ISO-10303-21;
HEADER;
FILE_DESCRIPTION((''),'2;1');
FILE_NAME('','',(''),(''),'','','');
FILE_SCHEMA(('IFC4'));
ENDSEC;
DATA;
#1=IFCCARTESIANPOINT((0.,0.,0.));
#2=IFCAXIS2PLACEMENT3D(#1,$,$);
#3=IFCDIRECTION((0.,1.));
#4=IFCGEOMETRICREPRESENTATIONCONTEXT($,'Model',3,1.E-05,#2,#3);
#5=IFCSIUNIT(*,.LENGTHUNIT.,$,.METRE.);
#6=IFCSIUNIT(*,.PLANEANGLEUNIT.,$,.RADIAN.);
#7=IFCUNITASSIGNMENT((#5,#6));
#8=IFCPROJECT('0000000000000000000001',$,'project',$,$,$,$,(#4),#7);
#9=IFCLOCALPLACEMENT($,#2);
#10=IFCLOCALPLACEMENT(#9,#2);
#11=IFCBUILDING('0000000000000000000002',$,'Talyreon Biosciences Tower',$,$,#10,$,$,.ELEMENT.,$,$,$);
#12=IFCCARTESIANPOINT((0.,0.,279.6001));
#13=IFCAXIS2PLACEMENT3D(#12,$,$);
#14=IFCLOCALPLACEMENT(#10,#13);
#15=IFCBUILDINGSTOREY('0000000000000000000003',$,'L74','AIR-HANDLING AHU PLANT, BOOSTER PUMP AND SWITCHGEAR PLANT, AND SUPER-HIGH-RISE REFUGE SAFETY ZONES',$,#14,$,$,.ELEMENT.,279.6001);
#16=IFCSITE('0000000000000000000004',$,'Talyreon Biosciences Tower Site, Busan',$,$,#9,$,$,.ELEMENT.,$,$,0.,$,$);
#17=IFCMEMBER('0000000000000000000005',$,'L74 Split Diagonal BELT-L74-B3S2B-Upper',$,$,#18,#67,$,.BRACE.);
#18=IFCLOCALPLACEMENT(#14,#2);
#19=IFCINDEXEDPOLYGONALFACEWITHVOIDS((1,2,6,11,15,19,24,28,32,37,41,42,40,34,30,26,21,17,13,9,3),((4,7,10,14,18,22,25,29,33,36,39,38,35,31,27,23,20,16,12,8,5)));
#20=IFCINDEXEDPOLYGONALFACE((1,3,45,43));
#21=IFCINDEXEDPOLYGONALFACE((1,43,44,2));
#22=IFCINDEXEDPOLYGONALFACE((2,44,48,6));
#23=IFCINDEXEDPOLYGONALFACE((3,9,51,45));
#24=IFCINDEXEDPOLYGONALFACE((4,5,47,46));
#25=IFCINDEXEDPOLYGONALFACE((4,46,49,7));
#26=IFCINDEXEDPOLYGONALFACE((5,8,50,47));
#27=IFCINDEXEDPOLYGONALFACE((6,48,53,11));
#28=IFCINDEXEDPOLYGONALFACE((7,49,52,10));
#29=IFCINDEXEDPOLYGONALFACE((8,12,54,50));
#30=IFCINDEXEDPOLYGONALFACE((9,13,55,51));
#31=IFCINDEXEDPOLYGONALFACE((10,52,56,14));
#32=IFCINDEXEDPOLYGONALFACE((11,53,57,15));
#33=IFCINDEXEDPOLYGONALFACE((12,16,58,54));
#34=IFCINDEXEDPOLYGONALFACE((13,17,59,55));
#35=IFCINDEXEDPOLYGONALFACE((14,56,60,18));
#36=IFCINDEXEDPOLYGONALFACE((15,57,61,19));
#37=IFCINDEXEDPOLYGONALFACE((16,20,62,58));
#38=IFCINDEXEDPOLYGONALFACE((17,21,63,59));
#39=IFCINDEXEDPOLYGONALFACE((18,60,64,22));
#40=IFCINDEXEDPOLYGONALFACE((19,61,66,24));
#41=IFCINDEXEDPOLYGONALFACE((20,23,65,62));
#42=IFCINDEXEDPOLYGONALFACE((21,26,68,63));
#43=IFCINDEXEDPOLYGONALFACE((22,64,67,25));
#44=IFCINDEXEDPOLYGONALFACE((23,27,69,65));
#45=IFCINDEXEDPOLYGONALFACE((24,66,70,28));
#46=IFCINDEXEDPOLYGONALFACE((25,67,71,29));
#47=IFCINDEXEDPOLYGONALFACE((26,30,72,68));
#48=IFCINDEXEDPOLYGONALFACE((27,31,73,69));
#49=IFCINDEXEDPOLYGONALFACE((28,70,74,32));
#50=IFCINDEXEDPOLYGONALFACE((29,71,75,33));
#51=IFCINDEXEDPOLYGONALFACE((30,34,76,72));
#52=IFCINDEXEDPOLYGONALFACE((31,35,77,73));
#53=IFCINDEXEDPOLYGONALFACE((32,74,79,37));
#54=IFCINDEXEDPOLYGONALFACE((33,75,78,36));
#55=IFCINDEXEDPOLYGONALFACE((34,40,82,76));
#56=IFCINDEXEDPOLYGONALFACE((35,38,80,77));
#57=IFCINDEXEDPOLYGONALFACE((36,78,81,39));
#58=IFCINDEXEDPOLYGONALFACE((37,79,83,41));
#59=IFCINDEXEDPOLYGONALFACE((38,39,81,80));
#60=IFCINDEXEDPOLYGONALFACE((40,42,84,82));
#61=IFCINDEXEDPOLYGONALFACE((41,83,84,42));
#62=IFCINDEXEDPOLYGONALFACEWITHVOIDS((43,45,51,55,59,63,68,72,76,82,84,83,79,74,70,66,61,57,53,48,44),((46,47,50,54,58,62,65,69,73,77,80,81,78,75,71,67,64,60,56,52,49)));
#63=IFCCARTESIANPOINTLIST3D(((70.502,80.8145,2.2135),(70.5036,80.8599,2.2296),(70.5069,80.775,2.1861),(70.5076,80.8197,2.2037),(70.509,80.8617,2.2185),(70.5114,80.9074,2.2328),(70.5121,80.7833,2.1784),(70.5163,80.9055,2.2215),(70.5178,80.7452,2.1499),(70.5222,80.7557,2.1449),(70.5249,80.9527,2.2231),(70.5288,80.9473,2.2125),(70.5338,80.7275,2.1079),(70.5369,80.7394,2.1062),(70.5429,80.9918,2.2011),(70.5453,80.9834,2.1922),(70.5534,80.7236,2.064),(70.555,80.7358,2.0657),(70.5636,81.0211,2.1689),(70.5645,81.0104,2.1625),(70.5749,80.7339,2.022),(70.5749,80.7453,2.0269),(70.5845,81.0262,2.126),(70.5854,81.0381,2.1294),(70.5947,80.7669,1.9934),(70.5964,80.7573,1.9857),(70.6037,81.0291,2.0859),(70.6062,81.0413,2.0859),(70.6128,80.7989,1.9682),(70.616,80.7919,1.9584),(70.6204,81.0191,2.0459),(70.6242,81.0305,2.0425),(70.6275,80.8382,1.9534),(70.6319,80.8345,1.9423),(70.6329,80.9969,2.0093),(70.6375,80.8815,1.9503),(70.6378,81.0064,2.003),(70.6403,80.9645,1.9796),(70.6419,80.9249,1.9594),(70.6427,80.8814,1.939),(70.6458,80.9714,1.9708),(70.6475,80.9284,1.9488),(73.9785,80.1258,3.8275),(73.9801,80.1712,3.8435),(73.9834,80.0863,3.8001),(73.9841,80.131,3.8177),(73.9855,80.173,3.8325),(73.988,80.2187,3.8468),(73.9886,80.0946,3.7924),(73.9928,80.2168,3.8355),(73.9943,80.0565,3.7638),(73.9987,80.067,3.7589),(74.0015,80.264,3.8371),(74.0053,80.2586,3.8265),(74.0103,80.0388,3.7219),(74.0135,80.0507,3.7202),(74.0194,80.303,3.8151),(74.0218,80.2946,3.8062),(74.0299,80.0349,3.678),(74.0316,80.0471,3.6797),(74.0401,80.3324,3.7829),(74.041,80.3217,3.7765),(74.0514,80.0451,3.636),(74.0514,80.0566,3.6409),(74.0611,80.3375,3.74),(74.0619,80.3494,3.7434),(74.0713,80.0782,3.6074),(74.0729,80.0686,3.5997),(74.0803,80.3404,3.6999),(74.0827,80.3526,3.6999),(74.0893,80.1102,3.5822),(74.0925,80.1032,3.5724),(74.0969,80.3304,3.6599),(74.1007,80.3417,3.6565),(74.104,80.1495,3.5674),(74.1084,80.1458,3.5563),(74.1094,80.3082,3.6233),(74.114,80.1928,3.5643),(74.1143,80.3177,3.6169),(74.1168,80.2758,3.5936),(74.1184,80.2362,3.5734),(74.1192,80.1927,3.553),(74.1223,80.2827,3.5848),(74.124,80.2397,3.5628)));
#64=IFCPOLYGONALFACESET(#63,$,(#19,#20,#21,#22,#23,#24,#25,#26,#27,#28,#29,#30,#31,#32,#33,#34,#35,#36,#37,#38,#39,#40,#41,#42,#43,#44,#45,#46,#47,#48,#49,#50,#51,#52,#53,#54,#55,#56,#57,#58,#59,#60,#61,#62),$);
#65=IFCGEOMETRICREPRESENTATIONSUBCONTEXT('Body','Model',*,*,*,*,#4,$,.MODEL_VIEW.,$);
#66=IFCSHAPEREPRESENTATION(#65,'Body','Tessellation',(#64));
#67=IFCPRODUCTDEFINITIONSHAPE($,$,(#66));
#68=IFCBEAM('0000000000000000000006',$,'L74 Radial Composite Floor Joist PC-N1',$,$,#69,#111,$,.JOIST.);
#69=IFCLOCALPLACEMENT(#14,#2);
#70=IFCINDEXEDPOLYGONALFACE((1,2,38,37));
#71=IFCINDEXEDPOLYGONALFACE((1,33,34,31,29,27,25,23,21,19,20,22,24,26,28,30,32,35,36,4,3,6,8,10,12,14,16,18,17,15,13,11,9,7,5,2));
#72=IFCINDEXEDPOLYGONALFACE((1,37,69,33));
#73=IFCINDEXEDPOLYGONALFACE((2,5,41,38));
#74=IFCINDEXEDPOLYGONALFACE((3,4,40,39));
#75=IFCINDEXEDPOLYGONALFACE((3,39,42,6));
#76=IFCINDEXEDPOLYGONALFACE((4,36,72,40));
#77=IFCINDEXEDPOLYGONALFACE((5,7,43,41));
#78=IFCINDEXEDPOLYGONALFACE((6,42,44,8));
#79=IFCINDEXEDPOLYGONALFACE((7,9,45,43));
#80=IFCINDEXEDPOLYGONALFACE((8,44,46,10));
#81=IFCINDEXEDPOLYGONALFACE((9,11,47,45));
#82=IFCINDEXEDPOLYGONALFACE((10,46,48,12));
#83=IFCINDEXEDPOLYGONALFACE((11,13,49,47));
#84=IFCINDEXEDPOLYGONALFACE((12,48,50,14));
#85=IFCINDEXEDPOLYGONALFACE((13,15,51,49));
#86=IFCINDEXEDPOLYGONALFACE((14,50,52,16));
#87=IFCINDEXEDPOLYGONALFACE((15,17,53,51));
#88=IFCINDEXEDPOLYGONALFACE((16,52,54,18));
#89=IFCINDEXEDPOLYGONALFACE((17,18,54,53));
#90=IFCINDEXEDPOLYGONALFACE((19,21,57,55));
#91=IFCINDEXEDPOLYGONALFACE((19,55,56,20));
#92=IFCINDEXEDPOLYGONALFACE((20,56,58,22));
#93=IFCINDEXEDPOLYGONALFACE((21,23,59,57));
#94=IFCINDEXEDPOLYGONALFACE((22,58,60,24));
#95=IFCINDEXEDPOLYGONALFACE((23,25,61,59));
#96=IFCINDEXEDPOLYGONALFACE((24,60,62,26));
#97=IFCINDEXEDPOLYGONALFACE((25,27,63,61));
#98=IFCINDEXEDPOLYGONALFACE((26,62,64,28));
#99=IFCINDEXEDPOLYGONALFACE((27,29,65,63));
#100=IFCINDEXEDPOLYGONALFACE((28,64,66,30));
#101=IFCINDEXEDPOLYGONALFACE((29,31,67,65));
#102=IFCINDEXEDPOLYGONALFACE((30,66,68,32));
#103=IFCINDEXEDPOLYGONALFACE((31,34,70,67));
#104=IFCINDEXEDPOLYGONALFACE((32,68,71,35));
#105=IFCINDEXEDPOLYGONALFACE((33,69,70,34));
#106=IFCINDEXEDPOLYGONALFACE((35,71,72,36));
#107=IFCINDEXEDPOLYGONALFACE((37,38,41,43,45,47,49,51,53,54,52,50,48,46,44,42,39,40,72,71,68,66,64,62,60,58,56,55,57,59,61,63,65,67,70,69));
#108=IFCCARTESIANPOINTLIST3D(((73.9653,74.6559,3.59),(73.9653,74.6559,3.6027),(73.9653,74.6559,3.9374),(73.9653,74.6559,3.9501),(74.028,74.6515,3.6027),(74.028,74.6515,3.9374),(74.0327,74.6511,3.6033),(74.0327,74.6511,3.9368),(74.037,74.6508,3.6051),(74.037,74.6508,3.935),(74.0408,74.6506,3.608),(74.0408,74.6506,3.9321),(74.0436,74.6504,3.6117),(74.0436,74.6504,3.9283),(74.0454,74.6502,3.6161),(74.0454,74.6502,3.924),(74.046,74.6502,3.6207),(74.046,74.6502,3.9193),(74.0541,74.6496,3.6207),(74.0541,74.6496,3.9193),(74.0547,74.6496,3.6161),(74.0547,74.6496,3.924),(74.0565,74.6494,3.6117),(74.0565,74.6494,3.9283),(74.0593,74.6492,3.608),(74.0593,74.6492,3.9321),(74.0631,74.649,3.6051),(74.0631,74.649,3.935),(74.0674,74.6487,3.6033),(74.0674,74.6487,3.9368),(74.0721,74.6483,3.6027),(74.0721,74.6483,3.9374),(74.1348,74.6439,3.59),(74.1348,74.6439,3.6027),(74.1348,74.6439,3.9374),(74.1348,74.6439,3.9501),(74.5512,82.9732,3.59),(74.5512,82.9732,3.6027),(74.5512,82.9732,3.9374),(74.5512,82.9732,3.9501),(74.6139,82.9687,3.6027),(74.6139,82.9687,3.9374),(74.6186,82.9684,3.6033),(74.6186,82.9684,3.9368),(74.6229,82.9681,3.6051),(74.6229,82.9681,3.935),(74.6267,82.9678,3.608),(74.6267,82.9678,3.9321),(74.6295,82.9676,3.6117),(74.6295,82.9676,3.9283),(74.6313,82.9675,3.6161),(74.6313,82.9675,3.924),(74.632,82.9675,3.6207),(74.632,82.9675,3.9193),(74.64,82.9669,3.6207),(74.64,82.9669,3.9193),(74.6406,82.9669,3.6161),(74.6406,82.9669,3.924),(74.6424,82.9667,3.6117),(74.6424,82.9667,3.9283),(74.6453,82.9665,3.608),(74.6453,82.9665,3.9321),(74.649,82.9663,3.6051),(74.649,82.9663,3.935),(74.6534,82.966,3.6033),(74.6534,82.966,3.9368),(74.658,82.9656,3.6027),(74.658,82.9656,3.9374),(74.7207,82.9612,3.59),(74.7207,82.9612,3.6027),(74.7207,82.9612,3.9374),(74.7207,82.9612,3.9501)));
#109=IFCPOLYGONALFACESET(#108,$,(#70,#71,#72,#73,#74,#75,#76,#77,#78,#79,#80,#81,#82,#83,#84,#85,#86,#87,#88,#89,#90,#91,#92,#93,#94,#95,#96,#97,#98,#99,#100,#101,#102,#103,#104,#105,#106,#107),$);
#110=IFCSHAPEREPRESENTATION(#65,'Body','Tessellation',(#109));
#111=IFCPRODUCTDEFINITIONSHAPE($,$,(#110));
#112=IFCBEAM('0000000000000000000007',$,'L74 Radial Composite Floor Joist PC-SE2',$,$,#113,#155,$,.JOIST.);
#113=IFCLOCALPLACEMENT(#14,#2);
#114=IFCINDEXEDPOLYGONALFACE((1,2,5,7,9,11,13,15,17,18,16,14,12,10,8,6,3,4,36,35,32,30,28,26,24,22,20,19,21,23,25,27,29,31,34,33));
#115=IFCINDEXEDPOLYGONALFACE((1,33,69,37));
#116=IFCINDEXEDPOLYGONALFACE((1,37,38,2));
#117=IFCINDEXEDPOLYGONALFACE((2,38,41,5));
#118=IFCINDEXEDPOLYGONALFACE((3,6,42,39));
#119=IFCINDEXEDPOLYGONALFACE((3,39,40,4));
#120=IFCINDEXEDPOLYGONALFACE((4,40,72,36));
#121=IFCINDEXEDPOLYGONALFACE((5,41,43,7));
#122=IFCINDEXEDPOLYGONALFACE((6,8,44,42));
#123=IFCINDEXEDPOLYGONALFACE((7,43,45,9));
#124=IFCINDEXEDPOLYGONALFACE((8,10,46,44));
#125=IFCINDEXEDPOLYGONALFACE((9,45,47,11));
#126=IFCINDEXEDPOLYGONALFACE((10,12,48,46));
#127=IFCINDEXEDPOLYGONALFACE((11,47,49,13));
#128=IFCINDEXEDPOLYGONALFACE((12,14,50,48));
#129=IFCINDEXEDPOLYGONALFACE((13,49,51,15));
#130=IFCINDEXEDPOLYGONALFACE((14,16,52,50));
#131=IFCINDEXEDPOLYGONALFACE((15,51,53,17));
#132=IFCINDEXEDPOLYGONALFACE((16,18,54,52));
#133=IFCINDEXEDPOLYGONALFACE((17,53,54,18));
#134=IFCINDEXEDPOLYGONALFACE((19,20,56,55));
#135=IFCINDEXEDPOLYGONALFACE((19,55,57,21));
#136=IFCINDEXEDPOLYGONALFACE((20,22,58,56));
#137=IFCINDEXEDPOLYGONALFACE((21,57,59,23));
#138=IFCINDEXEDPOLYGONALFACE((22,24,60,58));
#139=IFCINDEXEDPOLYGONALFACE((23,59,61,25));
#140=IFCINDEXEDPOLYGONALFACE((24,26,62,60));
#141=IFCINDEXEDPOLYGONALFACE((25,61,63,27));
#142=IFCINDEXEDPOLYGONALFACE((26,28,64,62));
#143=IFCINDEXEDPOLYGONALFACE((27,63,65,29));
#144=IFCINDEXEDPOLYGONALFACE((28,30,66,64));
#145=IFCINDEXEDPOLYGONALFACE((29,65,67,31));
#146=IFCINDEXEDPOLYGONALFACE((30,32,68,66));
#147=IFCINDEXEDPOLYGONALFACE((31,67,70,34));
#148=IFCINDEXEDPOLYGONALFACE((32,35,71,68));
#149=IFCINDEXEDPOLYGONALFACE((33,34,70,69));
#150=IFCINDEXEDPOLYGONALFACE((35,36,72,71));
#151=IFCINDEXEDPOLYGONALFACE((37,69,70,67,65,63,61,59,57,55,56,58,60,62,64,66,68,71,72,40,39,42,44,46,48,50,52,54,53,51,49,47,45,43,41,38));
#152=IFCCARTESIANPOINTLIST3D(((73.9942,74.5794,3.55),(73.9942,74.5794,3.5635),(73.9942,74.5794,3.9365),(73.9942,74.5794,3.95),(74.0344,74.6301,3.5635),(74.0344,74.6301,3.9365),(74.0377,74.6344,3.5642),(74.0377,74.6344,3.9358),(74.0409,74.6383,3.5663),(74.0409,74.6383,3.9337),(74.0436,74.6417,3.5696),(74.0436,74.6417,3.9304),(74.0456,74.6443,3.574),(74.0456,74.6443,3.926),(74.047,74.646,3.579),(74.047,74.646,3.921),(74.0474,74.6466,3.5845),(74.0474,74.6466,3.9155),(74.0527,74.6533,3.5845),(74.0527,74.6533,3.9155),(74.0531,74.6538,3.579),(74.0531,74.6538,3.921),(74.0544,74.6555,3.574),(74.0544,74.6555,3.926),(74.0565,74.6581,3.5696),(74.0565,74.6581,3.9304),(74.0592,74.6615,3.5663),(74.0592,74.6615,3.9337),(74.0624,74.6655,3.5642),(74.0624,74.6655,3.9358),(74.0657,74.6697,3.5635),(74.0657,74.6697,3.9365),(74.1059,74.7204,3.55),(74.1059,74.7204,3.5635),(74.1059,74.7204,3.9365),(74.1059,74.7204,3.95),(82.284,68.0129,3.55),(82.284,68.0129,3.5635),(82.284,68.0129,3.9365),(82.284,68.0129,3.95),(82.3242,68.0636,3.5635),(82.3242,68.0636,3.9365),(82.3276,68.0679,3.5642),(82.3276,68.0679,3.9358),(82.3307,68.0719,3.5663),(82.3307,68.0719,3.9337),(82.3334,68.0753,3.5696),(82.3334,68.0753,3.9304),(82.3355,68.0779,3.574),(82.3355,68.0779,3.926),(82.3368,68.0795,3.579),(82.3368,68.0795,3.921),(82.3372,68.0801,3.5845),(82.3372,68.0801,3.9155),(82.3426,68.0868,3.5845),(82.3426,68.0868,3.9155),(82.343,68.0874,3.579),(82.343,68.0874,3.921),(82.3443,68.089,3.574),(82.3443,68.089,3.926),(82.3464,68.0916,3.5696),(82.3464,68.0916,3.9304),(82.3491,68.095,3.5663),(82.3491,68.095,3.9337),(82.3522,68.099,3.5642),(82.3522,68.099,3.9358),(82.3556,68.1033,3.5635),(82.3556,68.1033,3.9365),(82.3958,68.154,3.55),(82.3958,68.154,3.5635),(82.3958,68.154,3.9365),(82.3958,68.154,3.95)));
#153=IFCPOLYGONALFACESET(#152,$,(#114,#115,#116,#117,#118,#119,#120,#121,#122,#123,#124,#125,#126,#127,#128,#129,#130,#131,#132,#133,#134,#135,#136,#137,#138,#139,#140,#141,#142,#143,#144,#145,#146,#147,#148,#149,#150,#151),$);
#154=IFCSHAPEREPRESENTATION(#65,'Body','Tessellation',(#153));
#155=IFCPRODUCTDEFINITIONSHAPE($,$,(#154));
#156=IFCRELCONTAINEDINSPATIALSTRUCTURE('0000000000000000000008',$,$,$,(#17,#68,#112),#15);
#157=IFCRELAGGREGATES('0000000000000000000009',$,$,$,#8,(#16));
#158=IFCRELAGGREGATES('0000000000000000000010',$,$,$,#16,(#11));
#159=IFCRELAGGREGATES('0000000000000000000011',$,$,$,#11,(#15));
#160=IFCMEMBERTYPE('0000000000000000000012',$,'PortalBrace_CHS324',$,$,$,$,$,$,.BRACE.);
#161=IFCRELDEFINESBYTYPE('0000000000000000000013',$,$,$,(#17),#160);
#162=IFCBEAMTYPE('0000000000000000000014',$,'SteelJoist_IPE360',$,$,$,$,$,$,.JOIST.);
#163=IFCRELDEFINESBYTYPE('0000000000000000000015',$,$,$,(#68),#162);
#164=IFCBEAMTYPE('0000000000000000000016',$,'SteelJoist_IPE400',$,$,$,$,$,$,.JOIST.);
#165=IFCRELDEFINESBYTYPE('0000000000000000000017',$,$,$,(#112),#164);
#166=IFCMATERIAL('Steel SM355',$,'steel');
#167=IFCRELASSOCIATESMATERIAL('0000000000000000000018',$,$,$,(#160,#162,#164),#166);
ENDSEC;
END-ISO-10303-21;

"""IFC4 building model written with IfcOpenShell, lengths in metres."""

from ifc_helpers import new_model, si_unit, direction, frame, origin, origin_2d, place, context, subcontext, project, spatial, hollow_circle, i_section, extrude, material, material_profile, profile_set, type_object, element, save


model = new_model("IFC4")

# Units and contexts
model_context = context("Model", 3, precision=1e-05, world=origin(), true_north=direction((0.0, 1.0)))
body_context = subcontext(model_context, "Body", "Model", "MODEL_VIEW")
ifc_project = project(units=[si_unit("LENGTHUNIT", "METRE"), si_unit("PLANEANGLEUNIT", "RADIAN")], contexts=[model_context])

# Site, building, storey
site_placement = place(None, origin())
site = spatial("IfcSite", under=ifc_project, at=site_placement, Name="Talyreon Biosciences Tower Site, Busan", CompositionType="ELEMENT", RefElevation=0.0)
building_placement = place(site_placement, origin())
building = spatial("IfcBuilding", under=site, at=building_placement, Name="Talyreon Biosciences Tower", CompositionType="ELEMENT")
storey_placement = place(building_placement, frame((0.0, 0.0, 279.6001)))
storey = spatial("IfcBuildingStorey", under=building, at=storey_placement, Name="L74", Description="AIR-HANDLING AHU PLANT, BOOSTER PUMP AND SWITCHGEAR PLANT, AND SUPER-HIGH-RISE REFUGE SAFETY ZONES", CompositionType="ELEMENT", Elevation=279.6001)

# Shared definitions
ifc_material_1 = material(Name="Steel SM355", Category="steel")

# Member
ifc_material_profile_1 = material_profile(ifc_material_1, hollow_circle(Radius=0.1619, WallThickness=0.0125, at=origin_2d()), Name="CHS 323.9x12.5")
ifc_profile_set_1 = profile_set([ifc_material_profile_1], Name="Steel SM355")
member_type_1 = type_object("IfcMemberType", Name="PortalBrace_CHS324", PredefinedType="BRACE", material=ifc_profile_set_1)
member_1_placement = place(storey_placement, frame((70.5747, 80.8826, 2.0859), z_axis=(0.892722, -0.176852, 0.414451), x_axis=(0.194327, 0.980937, 0.0)))
element("IfcMember", 1, at=member_1_placement, inside=storey, type_object=member_type_1, Name="L74 Split Diagonal BELT-L74-B3S2B-Upper", PredefinedType="BRACE", context=body_context, shape_type="SweptSolid", body=[
    extrude(hollow_circle(Radius=0.1619, WallThickness=0.0125, at=origin_2d()), origin(), (0.0, 0.0, 1.0), 3.8943),
])

# Beams
ifc_material_profile_2 = material_profile(ifc_material_1, i_section(OverallWidth=0.1699, OverallDepth=0.3601, WebThickness=0.0081, FlangeThickness=0.0127, FilletRadius=0.0181, at=origin_2d()), Name="IPE360")
ifc_profile_set_2 = profile_set([ifc_material_profile_2], Name="Steel SM355")
beam_type_1 = type_object("IfcBeamType", Name="SteelJoist_IPE360", PredefinedType="JOIST", material=ifc_profile_set_2)
beam_1_placement = place(storey_placement, frame((74.05, 74.6499, 3.77), z_axis=(0.070273, 0.997528, 0.0), x_axis=(-0.997528, 0.070273, 0.0)))
element("IfcBeam", 2, at=beam_1_placement, inside=storey, type_object=beam_type_1, Name="L74 Radial Composite Floor Joist PC-N1", PredefinedType="JOIST", context=body_context, shape_type="SweptSolid", body=[
    extrude(i_section(OverallWidth=0.1699, OverallDepth=0.3601, WebThickness=0.0081, FlangeThickness=0.0127, FilletRadius=0.0181, at=origin_2d()), origin(), (0.0, 0.0, 1.0), 8.3379),
])
ifc_material_profile_3 = material_profile(ifc_material_1, i_section(OverallWidth=0.1799, OverallDepth=0.3999, WebThickness=0.0085, FlangeThickness=0.0134, FilletRadius=0.021, at=origin_2d()), Name="IPE400")
ifc_profile_set_3 = profile_set([ifc_material_profile_3], Name="Steel SM355")
beam_type_2 = type_object("IfcBeamType", Name="SteelJoist_IPE400", PredefinedType="JOIST", material=ifc_profile_set_3)
beam_2_placement = place(storey_placement, frame((74.05, 74.6499, 3.75), z_axis=(0.783878, -0.620915, 0.0), x_axis=(0.620915, 0.783878, 0.0)))
element("IfcBeam", 3, at=beam_2_placement, inside=storey, type_object=beam_type_2, Name="L74 Radial Composite Floor Joist PC-SE2", PredefinedType="JOIST", context=body_context, shape_type="SweptSolid", body=[
    extrude(i_section(OverallWidth=0.1799, OverallDepth=0.3999, WebThickness=0.0085, FlangeThickness=0.0134, FilletRadius=0.021, at=origin_2d()), origin(), (0.0, 0.0, 1.0), 10.5754),
])

save(model, "model.ifc")
